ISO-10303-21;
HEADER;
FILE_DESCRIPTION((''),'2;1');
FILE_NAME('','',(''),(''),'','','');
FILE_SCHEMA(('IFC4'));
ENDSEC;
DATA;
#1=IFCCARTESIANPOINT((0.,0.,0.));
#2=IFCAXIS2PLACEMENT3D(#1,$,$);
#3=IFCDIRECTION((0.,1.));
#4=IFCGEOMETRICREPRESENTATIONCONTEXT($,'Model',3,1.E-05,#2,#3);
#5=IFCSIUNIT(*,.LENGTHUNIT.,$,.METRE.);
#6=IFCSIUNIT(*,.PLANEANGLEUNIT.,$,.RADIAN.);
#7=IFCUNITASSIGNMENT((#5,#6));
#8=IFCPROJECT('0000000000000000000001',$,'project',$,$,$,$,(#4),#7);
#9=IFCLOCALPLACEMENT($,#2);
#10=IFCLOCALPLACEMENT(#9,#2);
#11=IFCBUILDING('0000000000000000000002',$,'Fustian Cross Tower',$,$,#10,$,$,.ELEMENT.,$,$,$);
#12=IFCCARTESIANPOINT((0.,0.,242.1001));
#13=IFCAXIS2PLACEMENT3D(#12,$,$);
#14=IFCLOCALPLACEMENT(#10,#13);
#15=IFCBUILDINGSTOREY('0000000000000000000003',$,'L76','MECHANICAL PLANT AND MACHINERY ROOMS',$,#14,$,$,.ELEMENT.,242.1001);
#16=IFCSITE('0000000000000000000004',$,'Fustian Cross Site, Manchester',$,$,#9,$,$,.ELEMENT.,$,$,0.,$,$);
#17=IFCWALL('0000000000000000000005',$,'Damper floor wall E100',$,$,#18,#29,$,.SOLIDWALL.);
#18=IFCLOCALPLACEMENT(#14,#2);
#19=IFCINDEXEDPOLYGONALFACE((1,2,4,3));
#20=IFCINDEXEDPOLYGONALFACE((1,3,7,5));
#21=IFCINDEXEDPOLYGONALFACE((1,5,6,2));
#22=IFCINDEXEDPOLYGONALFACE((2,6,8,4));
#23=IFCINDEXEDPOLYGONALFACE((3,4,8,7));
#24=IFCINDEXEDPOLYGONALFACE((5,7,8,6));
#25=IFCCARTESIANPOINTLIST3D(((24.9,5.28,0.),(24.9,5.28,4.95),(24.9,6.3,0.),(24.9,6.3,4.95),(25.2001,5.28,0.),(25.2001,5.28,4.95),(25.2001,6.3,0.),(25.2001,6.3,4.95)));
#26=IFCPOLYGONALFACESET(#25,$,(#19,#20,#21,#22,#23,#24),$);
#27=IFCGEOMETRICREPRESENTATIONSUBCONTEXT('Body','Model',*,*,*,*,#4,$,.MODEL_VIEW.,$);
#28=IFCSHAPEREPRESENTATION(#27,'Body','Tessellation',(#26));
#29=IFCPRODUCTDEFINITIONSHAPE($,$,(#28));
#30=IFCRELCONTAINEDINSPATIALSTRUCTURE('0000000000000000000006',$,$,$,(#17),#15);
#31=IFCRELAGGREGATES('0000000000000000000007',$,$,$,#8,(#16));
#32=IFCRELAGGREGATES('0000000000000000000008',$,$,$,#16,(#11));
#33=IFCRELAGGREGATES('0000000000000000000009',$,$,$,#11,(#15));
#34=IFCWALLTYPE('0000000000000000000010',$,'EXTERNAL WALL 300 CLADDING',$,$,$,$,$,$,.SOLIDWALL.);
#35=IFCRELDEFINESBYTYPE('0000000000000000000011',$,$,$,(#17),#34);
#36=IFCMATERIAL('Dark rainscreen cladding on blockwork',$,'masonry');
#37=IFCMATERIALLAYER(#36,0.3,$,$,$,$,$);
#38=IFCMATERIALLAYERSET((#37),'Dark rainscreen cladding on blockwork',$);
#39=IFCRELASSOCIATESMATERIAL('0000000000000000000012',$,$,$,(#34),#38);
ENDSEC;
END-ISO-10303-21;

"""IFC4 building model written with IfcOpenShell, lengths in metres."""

from ifc_helpers import new_model, si_unit, direction, frame, frame_2d, origin, place, context, subcontext, project, spatial, rectangle, extrude, material, layer, layer_set, type_object, element, save


model = new_model("IFC4")

# Units and contexts
model_context = context("Model", 3, precision=1e-05, world=origin(), true_north=direction((0.0, 1.0)))
body_context = subcontext(model_context, "Body", "Model", "MODEL_VIEW")
ifc_project = project(units=[si_unit("LENGTHUNIT", "METRE"), si_unit("PLANEANGLEUNIT", "RADIAN")], contexts=[model_context])

# Site, building, storey
site_placement = place(None, origin())
site = spatial("IfcSite", under=ifc_project, at=site_placement, Name="Fustian Cross Site, Manchester", CompositionType="ELEMENT", RefElevation=0.0)
building_placement = place(site_placement, origin())
building = spatial("IfcBuilding", under=site, at=building_placement, Name="Fustian Cross Tower", CompositionType="ELEMENT")
storey_placement = place(building_placement, frame((0.0, 0.0, 242.1001)))
storey = spatial("IfcBuildingStorey", under=building, at=storey_placement, Name="L76", Description="MECHANICAL PLANT AND MACHINERY ROOMS", CompositionType="ELEMENT", Elevation=242.1001)

# Wall
ifc_material_1 = material(Name="Dark rainscreen cladding on blockwork", Category="masonry")
ifc_layer_1 = layer(ifc_material_1, 0.3)
ifc_layer_set_1 = layer_set([ifc_layer_1], Name="Dark rainscreen cladding on blockwork")
wall_type = type_object("IfcWallType", Name="EXTERNAL WALL 300 CLADDING", PredefinedType="SOLIDWALL", material=ifc_layer_set_1)
wall_placement = place(storey_placement, frame((25.05, 5.28, 0.0), z_axis=(0.0, 0.0, 1.0), x_axis=(0.0, 1.0, 0.0)))
element("IfcWall", 1, at=wall_placement, inside=storey, type_object=wall_type, Name="Damper floor wall E100", PredefinedType="SOLIDWALL", context=body_context, shape_type="SweptSolid", body=[
    extrude(rectangle(XDim=1.02, YDim=0.3, at=frame_2d((0.51, 0.0))), origin(), (0.0, 0.0, 1.0), 4.95),
])

save(model, "model.ifc")
